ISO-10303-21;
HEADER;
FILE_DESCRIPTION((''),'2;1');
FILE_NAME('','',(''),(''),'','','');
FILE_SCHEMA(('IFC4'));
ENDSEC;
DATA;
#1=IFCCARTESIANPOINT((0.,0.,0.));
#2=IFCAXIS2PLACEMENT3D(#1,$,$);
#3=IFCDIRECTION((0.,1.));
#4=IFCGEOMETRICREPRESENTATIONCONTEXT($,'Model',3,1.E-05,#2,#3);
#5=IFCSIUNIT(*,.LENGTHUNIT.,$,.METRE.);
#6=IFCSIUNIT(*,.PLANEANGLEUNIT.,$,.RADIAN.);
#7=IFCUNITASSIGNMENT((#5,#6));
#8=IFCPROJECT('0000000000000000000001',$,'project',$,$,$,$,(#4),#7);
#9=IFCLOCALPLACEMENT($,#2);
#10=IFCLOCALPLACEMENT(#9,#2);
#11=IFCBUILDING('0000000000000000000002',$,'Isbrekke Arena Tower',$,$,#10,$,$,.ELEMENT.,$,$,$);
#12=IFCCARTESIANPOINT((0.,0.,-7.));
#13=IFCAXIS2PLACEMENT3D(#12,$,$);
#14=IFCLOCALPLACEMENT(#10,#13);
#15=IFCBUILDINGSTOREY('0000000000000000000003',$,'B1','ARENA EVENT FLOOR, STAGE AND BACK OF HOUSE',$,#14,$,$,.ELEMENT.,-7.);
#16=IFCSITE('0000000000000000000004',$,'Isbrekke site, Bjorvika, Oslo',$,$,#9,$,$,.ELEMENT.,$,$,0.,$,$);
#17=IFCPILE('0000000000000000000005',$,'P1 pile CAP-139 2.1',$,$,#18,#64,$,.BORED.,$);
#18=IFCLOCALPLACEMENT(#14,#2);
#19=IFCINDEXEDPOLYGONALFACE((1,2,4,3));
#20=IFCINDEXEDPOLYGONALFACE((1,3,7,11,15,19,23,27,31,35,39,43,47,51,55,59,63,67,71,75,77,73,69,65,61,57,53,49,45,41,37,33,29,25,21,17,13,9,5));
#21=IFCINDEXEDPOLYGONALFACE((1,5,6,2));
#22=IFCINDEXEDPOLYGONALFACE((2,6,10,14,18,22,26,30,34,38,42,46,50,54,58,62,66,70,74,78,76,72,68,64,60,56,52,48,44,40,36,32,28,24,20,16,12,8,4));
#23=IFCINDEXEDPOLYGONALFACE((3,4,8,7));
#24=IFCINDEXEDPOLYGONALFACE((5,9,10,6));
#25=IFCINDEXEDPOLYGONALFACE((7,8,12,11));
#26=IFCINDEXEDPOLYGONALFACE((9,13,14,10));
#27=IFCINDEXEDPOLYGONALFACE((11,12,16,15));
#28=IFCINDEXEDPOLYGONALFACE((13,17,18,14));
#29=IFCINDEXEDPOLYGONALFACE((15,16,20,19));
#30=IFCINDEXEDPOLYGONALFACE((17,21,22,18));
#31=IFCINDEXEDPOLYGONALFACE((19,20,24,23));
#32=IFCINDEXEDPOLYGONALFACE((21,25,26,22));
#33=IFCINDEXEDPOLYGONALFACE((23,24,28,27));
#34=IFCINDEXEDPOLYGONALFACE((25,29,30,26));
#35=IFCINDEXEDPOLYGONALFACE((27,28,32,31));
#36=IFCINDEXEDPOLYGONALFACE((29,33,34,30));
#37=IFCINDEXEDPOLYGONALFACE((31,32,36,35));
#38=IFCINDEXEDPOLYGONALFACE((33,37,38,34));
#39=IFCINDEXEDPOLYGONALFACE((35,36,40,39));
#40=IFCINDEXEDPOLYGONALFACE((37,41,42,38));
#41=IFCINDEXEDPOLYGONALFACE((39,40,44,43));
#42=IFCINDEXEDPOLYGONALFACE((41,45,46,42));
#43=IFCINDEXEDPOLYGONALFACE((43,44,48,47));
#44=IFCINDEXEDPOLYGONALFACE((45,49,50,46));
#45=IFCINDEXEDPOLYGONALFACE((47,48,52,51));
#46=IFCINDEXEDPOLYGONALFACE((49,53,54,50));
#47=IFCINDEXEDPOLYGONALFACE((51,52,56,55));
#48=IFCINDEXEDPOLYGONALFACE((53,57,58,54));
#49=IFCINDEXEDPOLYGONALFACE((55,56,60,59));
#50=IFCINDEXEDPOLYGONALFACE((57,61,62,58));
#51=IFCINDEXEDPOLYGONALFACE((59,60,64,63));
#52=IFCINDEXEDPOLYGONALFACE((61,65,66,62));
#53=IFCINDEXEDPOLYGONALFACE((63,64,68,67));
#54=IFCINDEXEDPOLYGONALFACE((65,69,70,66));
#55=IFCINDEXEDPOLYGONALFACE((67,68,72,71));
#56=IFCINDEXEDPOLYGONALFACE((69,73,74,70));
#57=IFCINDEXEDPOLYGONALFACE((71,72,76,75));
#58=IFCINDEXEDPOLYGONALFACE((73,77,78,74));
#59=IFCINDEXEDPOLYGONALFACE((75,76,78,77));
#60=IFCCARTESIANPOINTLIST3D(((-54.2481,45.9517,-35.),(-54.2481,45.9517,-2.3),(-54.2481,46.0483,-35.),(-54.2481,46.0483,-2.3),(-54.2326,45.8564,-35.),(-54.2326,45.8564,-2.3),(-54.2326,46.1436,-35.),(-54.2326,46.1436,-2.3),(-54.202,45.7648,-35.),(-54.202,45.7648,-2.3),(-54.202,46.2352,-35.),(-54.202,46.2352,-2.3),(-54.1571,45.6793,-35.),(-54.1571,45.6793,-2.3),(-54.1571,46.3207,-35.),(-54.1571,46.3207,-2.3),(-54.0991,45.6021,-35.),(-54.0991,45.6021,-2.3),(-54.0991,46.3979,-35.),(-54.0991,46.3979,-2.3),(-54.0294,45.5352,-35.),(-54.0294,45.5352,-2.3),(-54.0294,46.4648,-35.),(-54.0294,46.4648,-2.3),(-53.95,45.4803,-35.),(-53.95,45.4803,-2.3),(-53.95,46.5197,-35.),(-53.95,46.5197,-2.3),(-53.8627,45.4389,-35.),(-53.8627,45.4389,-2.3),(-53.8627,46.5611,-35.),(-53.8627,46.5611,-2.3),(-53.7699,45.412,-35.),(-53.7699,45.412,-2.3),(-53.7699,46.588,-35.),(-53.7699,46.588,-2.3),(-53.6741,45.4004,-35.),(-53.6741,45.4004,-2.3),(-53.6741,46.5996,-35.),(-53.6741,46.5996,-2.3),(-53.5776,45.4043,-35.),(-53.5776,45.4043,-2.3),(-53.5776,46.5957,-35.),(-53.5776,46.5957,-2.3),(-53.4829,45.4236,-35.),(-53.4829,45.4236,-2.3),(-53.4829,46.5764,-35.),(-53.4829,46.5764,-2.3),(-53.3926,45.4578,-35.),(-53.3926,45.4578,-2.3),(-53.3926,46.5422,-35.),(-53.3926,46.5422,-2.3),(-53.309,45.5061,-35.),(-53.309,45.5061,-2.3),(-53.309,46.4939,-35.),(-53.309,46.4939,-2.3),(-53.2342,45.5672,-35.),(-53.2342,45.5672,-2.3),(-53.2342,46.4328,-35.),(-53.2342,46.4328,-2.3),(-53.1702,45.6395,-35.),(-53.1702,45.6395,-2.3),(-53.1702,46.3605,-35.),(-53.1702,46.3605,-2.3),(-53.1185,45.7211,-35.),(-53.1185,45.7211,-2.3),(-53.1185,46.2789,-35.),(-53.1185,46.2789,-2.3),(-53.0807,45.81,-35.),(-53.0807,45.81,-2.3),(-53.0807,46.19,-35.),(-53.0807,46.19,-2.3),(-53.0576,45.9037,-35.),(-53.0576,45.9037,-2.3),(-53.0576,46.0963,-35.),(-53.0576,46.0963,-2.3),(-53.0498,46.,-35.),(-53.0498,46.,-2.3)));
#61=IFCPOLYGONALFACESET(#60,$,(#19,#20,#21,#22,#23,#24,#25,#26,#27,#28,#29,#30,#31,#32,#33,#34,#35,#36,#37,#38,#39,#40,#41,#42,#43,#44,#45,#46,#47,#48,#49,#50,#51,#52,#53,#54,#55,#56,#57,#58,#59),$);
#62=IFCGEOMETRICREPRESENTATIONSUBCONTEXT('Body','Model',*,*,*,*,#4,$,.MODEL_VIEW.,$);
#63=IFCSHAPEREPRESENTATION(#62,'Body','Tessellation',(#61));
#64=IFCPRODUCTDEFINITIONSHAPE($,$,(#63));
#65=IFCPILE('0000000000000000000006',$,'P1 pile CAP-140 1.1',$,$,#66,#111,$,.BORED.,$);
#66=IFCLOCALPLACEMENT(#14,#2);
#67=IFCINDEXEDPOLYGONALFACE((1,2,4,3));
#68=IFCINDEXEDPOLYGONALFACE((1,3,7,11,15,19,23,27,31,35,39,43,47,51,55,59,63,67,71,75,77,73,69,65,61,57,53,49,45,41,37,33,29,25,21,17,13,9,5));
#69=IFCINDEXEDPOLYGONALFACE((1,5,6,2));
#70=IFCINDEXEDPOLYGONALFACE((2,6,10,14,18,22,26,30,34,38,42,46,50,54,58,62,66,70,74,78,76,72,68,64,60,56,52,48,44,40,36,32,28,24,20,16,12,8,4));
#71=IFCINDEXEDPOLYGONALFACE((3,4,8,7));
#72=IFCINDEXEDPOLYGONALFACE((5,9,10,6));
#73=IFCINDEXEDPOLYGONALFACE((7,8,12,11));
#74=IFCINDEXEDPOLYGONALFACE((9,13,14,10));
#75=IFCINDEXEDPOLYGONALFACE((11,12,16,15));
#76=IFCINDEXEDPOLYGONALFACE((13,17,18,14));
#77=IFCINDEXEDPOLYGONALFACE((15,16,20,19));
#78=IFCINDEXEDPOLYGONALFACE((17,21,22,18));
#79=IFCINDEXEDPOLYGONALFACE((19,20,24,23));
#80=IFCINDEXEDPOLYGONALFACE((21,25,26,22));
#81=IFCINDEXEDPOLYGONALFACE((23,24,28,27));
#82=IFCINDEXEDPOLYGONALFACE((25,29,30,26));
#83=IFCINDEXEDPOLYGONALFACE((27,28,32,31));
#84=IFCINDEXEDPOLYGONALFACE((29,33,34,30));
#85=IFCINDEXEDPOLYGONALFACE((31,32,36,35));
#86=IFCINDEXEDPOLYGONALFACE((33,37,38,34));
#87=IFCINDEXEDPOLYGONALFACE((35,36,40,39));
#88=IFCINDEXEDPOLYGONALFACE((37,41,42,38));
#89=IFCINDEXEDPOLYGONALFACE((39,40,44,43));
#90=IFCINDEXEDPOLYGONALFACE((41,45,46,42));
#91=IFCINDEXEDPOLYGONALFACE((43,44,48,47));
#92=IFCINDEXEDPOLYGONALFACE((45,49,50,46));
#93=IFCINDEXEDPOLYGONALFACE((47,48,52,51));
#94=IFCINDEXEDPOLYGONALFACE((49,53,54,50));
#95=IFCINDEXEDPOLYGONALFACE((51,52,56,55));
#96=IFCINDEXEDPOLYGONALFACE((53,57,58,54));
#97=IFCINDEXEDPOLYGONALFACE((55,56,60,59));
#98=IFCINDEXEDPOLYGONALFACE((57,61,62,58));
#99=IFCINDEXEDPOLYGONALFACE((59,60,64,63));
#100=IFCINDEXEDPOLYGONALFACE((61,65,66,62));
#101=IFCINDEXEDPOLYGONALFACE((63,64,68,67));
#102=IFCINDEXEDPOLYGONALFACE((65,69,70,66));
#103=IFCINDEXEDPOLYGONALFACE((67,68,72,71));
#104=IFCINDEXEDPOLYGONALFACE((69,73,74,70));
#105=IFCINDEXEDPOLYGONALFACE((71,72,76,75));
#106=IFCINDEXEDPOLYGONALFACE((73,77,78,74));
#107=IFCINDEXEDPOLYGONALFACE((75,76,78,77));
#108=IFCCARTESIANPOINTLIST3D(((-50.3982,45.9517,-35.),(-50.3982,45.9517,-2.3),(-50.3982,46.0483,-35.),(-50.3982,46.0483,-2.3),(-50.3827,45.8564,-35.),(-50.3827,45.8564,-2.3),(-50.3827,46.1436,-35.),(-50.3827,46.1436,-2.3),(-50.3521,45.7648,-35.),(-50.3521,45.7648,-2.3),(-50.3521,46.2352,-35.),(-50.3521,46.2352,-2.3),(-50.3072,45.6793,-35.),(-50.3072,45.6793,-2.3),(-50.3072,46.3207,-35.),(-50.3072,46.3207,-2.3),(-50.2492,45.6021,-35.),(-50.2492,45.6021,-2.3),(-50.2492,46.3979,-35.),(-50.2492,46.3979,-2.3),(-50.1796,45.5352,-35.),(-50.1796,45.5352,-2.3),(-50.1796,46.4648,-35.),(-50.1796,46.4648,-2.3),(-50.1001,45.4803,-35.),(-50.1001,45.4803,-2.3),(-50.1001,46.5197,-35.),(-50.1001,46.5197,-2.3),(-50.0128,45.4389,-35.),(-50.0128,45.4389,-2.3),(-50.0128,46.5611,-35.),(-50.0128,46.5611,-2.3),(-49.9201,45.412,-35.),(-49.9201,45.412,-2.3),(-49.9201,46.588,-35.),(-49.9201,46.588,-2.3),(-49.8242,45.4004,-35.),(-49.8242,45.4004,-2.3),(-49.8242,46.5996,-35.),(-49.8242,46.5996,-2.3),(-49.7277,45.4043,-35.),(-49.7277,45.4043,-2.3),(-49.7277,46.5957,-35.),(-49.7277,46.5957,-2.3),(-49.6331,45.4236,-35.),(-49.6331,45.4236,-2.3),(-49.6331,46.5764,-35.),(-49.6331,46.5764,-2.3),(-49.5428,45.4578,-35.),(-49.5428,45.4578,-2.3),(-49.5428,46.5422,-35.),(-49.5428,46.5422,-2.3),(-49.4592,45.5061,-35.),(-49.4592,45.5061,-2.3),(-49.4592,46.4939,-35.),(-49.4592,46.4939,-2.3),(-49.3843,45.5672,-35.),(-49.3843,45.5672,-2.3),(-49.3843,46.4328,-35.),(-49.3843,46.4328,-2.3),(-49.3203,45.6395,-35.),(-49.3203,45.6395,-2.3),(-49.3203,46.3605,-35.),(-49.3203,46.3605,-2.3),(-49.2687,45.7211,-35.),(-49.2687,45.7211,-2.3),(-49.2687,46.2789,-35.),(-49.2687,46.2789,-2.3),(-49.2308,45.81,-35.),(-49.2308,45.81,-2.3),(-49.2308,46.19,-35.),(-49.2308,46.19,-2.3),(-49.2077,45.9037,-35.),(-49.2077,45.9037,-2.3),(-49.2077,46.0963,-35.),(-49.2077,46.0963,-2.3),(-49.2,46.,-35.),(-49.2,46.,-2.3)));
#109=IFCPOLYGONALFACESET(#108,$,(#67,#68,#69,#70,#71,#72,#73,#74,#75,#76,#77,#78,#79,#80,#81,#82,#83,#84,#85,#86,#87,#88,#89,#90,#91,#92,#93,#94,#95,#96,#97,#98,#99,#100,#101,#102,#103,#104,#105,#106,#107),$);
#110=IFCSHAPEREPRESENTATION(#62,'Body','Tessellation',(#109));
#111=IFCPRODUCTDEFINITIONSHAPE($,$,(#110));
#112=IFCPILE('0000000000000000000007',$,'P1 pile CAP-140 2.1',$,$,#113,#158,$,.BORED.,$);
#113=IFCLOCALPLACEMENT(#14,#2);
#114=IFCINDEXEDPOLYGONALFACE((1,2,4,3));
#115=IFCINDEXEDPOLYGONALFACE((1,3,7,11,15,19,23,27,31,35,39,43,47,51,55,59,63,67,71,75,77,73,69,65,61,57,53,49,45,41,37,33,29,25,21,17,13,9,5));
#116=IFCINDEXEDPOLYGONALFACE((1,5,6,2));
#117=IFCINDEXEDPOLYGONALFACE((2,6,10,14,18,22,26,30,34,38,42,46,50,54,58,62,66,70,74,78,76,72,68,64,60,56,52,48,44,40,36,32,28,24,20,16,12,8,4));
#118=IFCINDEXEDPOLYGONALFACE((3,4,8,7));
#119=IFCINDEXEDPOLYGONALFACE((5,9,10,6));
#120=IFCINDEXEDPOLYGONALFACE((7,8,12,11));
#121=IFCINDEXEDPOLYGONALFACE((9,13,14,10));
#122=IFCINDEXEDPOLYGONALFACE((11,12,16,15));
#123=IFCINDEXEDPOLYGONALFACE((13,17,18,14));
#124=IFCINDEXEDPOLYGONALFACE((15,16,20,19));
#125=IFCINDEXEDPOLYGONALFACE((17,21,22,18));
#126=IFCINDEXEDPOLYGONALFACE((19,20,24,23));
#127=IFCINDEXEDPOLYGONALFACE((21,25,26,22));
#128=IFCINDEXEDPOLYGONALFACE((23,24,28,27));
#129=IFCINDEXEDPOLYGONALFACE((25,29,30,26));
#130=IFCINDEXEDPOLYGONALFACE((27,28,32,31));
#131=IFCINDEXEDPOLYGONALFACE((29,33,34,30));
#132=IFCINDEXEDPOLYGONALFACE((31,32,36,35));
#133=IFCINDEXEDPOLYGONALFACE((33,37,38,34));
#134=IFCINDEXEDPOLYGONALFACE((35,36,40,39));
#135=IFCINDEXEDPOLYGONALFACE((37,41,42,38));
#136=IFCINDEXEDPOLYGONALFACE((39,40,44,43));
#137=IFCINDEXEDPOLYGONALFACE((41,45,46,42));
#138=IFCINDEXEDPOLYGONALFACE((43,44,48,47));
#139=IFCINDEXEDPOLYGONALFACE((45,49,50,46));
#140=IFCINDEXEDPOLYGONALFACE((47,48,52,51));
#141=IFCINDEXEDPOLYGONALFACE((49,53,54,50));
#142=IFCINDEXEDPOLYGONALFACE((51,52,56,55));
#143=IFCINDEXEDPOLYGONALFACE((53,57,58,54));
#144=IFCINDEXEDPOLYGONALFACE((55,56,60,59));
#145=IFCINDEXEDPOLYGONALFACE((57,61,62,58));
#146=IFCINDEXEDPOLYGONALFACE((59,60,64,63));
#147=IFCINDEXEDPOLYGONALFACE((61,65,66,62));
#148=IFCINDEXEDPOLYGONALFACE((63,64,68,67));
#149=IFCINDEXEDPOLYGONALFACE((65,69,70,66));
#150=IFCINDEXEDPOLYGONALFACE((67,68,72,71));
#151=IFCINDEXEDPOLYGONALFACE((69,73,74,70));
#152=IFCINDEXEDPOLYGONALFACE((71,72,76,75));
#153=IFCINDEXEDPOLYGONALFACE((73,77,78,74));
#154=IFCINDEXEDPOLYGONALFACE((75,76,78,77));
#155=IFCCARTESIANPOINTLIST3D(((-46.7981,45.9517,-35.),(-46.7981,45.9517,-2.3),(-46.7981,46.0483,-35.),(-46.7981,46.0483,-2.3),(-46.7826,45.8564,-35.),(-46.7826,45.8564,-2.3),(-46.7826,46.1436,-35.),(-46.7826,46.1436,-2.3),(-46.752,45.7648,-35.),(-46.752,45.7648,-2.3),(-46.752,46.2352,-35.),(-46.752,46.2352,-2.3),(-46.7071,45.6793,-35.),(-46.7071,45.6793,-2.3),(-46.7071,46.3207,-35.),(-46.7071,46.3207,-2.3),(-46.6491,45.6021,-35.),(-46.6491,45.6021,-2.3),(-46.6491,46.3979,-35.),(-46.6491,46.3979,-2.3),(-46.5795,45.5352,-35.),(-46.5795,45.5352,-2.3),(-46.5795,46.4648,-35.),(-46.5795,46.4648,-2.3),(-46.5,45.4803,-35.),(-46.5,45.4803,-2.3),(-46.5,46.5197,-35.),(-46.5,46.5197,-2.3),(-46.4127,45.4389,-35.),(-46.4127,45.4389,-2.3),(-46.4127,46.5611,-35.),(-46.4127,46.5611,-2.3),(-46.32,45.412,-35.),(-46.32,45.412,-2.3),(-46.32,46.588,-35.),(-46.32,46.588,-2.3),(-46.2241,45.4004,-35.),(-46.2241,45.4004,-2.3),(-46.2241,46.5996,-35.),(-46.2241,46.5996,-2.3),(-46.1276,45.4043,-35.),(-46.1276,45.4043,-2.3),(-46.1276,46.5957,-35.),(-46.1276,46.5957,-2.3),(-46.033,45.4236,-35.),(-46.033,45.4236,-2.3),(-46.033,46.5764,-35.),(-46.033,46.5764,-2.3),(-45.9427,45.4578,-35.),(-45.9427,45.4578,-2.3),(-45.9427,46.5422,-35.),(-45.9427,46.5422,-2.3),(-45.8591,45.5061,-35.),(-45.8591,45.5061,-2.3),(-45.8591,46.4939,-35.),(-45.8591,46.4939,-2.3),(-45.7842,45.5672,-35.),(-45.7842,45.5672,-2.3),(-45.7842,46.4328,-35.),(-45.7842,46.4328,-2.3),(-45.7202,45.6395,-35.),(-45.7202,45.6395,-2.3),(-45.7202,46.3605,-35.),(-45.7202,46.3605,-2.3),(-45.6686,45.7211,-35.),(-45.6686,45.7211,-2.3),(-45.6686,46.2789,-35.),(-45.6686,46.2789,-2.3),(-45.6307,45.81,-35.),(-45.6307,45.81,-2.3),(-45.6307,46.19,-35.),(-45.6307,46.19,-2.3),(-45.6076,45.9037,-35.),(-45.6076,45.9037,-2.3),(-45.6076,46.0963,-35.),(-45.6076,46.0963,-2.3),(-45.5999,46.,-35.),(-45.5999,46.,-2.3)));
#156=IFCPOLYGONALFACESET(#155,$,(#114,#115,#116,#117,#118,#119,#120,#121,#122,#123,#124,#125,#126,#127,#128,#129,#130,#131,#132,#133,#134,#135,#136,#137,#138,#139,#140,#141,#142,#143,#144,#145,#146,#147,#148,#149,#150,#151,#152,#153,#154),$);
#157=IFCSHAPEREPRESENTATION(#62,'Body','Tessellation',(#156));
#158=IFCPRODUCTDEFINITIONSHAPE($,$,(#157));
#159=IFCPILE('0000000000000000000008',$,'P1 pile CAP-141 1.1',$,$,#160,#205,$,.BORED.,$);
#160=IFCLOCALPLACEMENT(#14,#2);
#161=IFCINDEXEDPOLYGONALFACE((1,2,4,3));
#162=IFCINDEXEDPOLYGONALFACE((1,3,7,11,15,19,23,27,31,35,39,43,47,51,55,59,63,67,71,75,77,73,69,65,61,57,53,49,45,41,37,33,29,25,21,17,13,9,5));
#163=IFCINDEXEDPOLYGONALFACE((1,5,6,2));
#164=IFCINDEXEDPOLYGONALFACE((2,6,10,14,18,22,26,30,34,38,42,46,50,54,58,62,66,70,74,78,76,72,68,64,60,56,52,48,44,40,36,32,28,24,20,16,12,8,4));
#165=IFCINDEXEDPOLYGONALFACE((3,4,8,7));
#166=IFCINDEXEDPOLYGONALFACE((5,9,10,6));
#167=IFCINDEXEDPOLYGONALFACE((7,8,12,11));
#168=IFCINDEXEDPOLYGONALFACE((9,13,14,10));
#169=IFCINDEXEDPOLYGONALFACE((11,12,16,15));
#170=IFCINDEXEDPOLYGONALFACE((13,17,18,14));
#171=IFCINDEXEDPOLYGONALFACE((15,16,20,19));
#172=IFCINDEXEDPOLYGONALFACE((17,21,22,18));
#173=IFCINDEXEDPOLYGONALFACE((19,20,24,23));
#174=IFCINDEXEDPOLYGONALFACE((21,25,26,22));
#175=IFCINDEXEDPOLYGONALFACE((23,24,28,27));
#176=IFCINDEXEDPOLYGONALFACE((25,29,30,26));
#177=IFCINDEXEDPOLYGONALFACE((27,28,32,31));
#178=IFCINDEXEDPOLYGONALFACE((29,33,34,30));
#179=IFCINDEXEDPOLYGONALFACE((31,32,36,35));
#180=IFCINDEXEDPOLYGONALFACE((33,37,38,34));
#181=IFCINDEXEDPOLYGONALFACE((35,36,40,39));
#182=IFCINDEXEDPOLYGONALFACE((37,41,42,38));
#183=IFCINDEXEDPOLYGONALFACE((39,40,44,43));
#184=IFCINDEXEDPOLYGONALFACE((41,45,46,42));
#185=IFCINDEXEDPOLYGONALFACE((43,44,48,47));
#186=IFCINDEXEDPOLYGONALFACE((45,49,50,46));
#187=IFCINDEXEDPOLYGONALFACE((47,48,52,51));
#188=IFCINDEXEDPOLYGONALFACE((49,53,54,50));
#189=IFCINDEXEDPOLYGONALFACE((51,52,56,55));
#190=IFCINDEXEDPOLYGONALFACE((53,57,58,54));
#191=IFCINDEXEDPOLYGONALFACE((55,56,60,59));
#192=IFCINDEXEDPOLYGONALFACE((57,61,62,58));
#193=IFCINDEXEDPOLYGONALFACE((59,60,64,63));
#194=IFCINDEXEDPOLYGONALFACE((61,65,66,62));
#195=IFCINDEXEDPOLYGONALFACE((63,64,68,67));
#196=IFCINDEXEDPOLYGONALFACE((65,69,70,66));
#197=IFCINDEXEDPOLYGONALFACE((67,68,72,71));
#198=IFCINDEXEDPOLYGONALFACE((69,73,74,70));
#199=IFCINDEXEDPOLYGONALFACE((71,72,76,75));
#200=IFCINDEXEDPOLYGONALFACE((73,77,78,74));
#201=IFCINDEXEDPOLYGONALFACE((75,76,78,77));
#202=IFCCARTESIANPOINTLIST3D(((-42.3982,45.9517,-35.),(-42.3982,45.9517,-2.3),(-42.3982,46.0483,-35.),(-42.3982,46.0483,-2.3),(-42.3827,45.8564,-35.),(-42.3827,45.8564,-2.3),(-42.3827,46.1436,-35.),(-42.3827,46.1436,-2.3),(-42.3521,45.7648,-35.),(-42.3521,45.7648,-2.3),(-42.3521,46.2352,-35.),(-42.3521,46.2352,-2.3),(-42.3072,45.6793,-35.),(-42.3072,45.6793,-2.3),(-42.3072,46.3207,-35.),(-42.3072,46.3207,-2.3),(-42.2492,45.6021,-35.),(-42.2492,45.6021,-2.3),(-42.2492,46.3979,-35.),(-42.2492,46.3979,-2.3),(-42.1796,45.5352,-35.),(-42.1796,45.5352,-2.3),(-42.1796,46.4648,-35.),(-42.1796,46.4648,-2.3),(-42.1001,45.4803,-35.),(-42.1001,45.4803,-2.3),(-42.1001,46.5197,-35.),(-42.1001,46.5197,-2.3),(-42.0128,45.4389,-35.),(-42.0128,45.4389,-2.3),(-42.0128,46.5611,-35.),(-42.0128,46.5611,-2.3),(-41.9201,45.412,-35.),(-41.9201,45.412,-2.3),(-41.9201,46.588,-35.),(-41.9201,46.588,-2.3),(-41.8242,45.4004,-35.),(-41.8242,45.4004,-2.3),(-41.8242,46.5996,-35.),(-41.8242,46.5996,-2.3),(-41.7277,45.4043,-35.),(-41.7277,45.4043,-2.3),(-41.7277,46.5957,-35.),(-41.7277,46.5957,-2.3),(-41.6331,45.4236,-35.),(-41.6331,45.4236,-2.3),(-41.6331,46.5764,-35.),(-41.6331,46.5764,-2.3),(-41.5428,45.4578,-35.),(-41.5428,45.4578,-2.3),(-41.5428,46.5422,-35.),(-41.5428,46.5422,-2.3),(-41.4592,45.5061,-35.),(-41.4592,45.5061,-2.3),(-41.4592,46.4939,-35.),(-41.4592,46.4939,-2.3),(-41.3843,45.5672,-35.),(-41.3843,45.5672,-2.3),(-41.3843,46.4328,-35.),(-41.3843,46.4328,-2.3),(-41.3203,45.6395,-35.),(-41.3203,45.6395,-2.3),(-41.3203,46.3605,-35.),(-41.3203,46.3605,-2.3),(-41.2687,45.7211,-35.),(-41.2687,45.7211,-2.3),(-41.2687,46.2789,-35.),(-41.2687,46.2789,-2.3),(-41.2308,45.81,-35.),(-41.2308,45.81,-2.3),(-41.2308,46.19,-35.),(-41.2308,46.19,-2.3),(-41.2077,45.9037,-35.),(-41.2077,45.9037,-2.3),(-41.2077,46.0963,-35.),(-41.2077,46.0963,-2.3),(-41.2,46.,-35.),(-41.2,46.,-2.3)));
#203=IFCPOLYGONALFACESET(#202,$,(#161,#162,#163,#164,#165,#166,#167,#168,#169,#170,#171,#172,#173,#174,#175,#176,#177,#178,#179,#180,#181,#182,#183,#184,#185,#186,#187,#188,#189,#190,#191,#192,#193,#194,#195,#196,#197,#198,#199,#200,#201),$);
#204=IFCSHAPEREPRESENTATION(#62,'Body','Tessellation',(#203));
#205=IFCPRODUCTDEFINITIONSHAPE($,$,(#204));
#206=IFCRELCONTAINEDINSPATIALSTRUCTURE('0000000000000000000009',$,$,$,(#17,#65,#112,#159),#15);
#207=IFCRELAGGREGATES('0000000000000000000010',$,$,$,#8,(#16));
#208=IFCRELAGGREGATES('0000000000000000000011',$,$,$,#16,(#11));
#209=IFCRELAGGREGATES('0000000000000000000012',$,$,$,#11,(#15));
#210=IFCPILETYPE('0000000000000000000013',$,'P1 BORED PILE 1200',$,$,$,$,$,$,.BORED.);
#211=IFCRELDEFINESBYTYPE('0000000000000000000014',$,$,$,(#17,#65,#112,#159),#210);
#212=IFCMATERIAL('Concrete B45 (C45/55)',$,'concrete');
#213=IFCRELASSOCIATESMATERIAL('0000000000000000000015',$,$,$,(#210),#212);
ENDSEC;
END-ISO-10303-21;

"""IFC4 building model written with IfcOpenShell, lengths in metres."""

from ifc_helpers import new_model, si_unit, direction, frame, origin, origin_2d, place, context, subcontext, project, spatial, circle, extrude, material, material_profile, profile_set, type_object, element, save


model = new_model("IFC4")

# Units and contexts
model_context = context("Model", 3, precision=1e-05, world=origin(), true_north=direction((0.0, 1.0)))
body_context = subcontext(model_context, "Body", "Model", "MODEL_VIEW")
ifc_project = project(units=[si_unit("LENGTHUNIT", "METRE"), si_unit("PLANEANGLEUNIT", "RADIAN")], contexts=[model_context])

# Site, building, storey
site_placement = place(None, origin())
site = spatial("IfcSite", under=ifc_project, at=site_placement, Name="Isbrekke site, Bjorvika, Oslo", CompositionType="ELEMENT", RefElevation=0.0)
building_placement = place(site_placement, origin())
building = spatial("IfcBuilding", under=site, at=building_placement, Name="Isbrekke Arena Tower", CompositionType="ELEMENT")
storey_placement = place(building_placement, frame((0.0, 0.0, -7.0)))
storey = spatial("IfcBuildingStorey", under=building, at=storey_placement, Name="B1", Description="ARENA EVENT FLOOR, STAGE AND BACK OF HOUSE", CompositionType="ELEMENT", Elevation=-7.0)

# Piles
ifc_material_1 = material(Name="Concrete B45 (C45/55)", Category="concrete")
ifc_material_profile_1 = material_profile(ifc_material_1, circle(Radius=0.6001, at=origin_2d()), Name="BORED PILE D1200")
ifc_profile_set_1 = profile_set([ifc_material_profile_1], Name="Concrete B45 (C45/55)")
pile_type = type_object("IfcPileType", Name="P1 BORED PILE 1200", PredefinedType="BORED", material=ifc_profile_set_1)
for number, where, z_axis, x_axis, name in (
    (1, (-53.6499, 46.0, -2.3), (0.0, 0.0, -1.0), (1.0, 0.0, 0.0), "P1 pile CAP-139 2.1"),
    (2, (-49.8, 46.0, -2.3), (0.0, 0.0, -1.0), (1.0, 0.0, 0.0), "P1 pile CAP-140 1.1"),
    (3, (-46.2, 46.0, -2.3), (0.0, 0.0, -1.0), (1.0, 0.0, 0.0), "P1 pile CAP-140 2.1"),
    (4, (-41.8, 46.0, -2.3), (0.0, 0.0, -1.0), (1.0, 0.0, 0.0), "P1 pile CAP-141 1.1"),
):
    element("IfcPile", number, at=place(storey_placement, frame(where, z_axis=z_axis, x_axis=x_axis)), inside=storey, type_object=pile_type, Name=name, PredefinedType="BORED", context=body_context, shape_type="SweptSolid", body=[
        extrude(circle(Radius=0.6001, at=origin_2d()), origin(), (0.0, 0.0, 1.0), 32.7),
    ])

save(model, "model.ifc")
